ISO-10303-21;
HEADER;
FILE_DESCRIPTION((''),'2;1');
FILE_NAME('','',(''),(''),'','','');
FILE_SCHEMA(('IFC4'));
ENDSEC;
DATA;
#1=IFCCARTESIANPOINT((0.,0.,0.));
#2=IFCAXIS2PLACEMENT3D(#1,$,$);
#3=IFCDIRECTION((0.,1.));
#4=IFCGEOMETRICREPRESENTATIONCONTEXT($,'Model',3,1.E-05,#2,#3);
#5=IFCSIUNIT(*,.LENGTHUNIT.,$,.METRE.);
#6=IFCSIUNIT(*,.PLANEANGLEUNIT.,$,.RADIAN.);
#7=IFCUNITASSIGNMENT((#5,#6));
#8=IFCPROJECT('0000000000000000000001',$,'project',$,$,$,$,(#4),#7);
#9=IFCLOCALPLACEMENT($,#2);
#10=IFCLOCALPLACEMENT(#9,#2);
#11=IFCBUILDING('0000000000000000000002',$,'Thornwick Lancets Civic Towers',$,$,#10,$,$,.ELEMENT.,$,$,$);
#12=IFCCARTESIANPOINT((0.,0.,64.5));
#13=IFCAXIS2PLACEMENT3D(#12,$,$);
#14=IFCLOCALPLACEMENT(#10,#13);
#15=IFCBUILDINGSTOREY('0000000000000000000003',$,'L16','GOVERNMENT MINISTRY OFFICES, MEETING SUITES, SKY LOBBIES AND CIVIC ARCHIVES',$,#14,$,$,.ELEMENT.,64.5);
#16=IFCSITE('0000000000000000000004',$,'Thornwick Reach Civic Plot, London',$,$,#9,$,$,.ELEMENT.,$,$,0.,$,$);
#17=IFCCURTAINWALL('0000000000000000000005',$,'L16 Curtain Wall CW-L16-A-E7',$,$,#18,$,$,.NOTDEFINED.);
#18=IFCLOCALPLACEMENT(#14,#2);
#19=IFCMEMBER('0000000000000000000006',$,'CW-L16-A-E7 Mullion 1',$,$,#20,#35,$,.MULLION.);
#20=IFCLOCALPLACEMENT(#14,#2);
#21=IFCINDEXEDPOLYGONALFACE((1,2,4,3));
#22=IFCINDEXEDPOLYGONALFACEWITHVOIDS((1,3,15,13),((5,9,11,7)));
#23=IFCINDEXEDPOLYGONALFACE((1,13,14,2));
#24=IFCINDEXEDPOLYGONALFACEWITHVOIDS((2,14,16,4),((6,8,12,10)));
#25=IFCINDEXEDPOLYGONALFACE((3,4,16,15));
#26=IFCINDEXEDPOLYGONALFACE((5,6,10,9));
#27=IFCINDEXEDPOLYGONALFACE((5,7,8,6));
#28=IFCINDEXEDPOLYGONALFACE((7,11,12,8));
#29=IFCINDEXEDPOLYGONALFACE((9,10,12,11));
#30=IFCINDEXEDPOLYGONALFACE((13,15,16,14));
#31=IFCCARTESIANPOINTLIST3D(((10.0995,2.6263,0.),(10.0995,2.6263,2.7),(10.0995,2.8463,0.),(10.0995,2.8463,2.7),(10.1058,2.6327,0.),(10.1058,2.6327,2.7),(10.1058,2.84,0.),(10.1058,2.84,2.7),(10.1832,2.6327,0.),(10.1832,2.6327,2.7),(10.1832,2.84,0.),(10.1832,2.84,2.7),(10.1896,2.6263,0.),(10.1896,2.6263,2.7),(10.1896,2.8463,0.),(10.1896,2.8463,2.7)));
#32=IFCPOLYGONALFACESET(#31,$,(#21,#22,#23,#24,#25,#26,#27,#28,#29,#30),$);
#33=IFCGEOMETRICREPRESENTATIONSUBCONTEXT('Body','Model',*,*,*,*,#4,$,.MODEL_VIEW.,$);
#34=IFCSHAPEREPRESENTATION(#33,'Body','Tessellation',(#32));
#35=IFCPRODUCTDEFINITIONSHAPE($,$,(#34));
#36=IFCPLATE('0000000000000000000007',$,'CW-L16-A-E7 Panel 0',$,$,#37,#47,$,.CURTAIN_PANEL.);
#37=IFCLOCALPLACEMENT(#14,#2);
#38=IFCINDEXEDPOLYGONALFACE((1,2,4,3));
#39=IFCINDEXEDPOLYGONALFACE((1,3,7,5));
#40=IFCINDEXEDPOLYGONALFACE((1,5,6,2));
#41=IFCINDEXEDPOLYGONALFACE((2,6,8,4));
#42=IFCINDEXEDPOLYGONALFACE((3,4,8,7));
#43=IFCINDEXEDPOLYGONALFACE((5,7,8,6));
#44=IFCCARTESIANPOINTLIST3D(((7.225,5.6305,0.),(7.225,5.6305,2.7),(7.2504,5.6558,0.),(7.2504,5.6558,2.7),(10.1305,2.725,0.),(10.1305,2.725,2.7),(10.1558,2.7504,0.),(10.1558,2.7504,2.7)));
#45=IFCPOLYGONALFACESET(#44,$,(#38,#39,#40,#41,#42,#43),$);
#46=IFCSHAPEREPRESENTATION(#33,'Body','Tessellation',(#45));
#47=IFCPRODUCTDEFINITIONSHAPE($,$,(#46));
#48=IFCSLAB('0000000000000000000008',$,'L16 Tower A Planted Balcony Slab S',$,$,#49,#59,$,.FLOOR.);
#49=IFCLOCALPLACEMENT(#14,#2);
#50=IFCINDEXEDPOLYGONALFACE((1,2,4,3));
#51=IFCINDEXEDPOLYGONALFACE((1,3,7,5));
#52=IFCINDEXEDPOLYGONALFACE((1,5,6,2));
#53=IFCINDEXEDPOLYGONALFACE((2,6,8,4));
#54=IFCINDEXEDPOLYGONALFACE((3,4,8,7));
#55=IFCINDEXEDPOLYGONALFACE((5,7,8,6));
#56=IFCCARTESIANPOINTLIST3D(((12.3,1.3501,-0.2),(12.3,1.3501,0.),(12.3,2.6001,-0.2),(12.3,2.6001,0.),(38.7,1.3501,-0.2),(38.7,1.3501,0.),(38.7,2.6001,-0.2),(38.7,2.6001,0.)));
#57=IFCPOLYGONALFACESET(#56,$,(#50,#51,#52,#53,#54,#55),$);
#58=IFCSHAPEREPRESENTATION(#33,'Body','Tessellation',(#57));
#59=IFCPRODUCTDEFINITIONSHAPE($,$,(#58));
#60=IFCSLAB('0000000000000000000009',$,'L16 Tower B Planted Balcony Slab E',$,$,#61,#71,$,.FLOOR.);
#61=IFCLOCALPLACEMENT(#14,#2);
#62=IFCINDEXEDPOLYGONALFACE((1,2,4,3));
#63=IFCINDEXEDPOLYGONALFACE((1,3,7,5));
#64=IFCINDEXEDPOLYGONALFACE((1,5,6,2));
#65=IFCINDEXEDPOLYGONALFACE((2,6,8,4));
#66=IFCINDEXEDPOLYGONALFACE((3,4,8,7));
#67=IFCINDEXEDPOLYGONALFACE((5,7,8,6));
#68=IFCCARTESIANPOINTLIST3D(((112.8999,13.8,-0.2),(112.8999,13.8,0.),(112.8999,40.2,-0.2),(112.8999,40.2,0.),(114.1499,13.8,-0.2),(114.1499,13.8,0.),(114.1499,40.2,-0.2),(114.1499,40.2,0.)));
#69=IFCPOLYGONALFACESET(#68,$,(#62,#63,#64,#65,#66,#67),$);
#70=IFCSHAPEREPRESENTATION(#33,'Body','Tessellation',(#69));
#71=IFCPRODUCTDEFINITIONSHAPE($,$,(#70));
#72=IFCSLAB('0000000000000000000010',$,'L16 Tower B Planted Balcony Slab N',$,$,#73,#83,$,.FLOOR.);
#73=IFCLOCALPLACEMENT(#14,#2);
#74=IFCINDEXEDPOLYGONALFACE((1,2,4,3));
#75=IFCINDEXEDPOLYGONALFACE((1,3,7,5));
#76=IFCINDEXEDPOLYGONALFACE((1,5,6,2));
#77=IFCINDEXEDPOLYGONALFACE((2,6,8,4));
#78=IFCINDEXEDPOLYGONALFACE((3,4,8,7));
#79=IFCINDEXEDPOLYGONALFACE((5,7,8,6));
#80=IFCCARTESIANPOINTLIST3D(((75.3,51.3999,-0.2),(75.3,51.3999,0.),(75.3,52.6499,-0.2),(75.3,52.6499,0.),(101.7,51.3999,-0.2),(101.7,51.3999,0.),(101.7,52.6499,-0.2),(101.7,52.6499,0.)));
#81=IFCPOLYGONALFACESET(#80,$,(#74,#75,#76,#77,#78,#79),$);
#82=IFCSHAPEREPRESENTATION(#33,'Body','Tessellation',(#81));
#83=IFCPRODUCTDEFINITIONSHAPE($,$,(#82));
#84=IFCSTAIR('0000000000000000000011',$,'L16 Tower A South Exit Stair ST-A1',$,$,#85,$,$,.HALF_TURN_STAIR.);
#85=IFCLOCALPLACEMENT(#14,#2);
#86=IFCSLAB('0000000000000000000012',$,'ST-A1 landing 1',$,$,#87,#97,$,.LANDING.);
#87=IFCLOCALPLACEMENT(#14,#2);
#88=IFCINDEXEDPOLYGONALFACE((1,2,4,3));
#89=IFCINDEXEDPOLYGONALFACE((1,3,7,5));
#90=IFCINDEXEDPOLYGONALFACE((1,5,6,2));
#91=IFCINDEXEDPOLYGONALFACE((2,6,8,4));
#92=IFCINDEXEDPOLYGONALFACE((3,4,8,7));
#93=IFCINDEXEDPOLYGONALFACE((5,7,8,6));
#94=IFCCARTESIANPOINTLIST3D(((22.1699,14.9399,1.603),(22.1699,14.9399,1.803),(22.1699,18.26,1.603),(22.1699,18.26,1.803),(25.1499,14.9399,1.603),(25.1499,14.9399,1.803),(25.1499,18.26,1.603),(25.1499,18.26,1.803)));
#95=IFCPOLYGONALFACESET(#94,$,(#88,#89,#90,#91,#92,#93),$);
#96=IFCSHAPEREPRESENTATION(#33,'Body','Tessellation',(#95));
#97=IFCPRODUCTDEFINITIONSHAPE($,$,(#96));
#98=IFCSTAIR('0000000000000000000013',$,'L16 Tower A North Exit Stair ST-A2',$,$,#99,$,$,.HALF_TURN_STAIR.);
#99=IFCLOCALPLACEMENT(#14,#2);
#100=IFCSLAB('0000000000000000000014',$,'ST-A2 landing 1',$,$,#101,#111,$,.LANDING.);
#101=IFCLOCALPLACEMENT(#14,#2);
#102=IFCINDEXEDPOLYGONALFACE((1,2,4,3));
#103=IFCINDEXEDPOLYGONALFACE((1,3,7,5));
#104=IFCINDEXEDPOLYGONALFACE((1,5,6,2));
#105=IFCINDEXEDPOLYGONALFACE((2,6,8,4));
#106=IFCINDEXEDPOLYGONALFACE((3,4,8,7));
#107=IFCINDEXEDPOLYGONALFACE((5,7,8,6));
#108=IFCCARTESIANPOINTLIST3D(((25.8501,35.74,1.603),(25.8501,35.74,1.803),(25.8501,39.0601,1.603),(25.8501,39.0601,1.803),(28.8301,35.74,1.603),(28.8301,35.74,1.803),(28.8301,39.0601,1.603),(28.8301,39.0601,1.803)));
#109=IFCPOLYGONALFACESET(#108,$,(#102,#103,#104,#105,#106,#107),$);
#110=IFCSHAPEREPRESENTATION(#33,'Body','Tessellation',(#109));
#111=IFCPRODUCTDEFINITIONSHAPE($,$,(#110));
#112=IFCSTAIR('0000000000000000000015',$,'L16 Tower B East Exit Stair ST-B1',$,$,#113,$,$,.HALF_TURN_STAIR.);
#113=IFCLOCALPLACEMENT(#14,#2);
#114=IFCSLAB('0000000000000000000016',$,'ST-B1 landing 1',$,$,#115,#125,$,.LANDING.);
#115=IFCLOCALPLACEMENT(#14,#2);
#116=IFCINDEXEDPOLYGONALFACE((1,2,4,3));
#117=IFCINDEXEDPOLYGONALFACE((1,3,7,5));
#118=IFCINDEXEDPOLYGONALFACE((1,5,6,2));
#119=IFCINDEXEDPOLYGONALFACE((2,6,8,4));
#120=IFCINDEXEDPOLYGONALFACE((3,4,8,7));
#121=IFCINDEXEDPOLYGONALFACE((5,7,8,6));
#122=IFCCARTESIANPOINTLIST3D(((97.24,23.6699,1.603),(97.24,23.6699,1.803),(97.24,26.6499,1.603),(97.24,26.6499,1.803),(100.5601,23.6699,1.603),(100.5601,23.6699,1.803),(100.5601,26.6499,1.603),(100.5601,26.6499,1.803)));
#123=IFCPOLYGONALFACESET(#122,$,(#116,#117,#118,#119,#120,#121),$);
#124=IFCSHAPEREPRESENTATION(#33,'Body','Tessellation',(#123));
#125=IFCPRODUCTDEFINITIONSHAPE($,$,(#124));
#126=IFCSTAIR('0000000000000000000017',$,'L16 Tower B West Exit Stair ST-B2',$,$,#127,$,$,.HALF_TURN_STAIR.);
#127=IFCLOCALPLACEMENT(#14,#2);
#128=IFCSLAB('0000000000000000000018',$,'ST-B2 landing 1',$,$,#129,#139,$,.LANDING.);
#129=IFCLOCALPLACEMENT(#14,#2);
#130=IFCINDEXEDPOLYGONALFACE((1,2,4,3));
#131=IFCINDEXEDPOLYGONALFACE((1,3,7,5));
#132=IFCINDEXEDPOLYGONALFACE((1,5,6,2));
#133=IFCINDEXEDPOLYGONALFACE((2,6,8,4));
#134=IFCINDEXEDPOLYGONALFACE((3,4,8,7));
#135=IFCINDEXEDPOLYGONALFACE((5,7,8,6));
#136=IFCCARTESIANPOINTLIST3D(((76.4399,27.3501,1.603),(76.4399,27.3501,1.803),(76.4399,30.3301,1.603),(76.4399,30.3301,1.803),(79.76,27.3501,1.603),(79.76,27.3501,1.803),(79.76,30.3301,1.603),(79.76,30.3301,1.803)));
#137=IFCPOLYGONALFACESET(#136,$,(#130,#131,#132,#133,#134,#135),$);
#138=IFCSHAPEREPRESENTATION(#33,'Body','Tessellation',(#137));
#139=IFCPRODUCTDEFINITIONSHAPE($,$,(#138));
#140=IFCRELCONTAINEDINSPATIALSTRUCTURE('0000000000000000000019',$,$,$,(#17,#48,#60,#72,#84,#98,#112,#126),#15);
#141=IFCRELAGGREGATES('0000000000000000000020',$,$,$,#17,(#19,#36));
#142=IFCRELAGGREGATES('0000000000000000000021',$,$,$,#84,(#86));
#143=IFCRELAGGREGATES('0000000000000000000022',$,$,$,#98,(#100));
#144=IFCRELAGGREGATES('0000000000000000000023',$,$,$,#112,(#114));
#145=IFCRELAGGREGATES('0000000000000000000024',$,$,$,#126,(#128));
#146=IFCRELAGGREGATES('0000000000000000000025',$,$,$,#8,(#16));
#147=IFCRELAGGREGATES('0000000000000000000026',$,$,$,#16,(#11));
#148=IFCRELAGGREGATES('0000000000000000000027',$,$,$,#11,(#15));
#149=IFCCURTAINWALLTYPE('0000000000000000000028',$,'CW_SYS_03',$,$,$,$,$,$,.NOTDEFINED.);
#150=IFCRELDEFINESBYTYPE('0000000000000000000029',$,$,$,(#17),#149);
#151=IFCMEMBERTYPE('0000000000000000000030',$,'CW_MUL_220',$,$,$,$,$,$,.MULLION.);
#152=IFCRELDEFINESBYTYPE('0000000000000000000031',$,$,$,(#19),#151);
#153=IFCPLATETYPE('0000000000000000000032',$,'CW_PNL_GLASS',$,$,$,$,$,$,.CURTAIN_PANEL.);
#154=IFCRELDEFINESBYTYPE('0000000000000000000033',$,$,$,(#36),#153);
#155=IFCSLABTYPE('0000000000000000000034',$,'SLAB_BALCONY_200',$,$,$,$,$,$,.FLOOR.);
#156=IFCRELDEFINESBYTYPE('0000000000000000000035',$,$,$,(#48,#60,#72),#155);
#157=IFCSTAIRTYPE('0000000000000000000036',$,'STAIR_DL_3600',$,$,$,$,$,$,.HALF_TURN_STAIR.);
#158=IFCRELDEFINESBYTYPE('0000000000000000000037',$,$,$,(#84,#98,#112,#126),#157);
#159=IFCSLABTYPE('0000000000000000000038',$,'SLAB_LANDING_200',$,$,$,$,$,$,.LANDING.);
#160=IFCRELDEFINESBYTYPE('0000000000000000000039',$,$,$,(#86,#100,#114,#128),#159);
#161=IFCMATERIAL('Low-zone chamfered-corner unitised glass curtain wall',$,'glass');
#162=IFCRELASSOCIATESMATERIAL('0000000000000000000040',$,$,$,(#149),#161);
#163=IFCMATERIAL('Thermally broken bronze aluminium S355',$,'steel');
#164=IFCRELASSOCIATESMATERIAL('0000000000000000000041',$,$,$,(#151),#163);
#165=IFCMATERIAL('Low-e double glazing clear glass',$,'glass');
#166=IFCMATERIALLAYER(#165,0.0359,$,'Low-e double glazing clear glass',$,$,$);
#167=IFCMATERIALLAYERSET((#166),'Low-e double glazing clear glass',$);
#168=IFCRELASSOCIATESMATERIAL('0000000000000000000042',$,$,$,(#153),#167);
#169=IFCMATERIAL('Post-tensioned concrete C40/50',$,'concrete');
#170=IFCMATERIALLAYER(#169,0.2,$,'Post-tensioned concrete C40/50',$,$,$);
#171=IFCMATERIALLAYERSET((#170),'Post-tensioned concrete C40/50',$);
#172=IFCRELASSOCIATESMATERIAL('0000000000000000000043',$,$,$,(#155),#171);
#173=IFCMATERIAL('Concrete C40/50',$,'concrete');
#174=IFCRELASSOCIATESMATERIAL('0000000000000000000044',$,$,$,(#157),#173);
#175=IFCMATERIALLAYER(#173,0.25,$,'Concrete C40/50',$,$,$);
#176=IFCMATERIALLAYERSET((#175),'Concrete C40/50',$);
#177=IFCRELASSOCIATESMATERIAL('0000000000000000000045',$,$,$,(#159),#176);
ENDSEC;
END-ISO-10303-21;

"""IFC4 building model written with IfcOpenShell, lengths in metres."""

from ifc_helpers import new_model, si_unit, direction, frame, origin, origin_2d, place, context, subcontext, project, spatial, polyline, rectangle, hollow_rectangle, outline, extrude, material, layer, layer_set, material_profile, profile_set, type_object, element, aggregate, save


model = new_model("IFC4")

# Units and contexts
model_context = context("Model", 3, precision=1e-05, world=origin(), true_north=direction((0.0, 1.0)))
body_context = subcontext(model_context, "Body", "Model", "MODEL_VIEW")
ifc_project = project(units=[si_unit("LENGTHUNIT", "METRE"), si_unit("PLANEANGLEUNIT", "RADIAN")], contexts=[model_context])

# Site, building, storey
site_placement = place(None, origin())
site = spatial("IfcSite", under=ifc_project, at=site_placement, Name="Thornwick Reach Civic Plot, London", CompositionType="ELEMENT", RefElevation=0.0)
building_placement = place(site_placement, origin())
building = spatial("IfcBuilding", under=site, at=building_placement, Name="Thornwick Lancets Civic Towers", CompositionType="ELEMENT")
storey_placement = place(building_placement, frame((0.0, 0.0, 64.5)))
storey = spatial("IfcBuildingStorey", under=building, at=storey_placement, Name="L16", Description="GOVERNMENT MINISTRY OFFICES, MEETING SUITES, SKY LOBBIES AND CIVIC ARCHIVES", CompositionType="ELEMENT", Elevation=64.5)

# Curtain wall, member, plate
ifc_material_1 = material(Name="Low-zone chamfered-corner unitised glass curtain wall", Category="glass")
curtain_wall_type = type_object("IfcCurtainWallType", Name="CW_SYS_03", PredefinedType="NOTDEFINED", material=ifc_material_1)
curtain_wall_placement = place(storey_placement, origin())
curtain_wall = element("IfcCurtainWall", 1, at=curtain_wall_placement, inside=storey, type_object=curtain_wall_type, Name="L16 Curtain Wall CW-L16-A-E7", PredefinedType="NOTDEFINED")
ifc_material_2 = material(Name="Thermally broken bronze aluminium S355", Category="steel")
ifc_material_profile = material_profile(ifc_material_2, hollow_rectangle(XDim=0.0901, YDim=0.22, WallThickness=0.0063, at=origin_2d()), Name="RHS 220x90x6.3")
ifc_profile_set = profile_set([ifc_material_profile], Name="Thermally broken bronze aluminium S355")
member_type = type_object("IfcMemberType", Name="CW_MUL_220", PredefinedType="MULLION", material=ifc_profile_set)
member_placement = place(storey_placement, frame((10.1445, 2.7363, 0.0), z_axis=(0.0, 0.0, 1.0), x_axis=(1.0, 0.0, 0.0)))
member = element("IfcMember", 2, at=member_placement, type_object=member_type, Name="CW-L16-A-E7 Mullion 1", PredefinedType="MULLION", context=body_context, shape_type="SweptSolid", body=[
    extrude(hollow_rectangle(XDim=0.0901, YDim=0.22, WallThickness=0.0063, at=origin_2d()), origin(), (0.0, 0.0, 1.0), 2.7),
])
ifc_material_3 = material(Name="Low-e double glazing clear glass", Category="glass")
ifc_layer_1 = layer(ifc_material_3, 0.0359, Name="Low-e double glazing clear glass")
ifc_layer_set_1 = layer_set([ifc_layer_1], Name="Low-e double glazing clear glass")
plate_type = type_object("IfcPlateType", Name="CW_PNL_GLASS", PredefinedType="CURTAIN_PANEL", material=ifc_layer_set_1)
plate_placement = place(storey_placement, frame((8.6904, 4.1904, 0.0), z_axis=(0.0, 0.0, 1.0), x_axis=(0.707107, -0.707107, 0.0)))
plate = element("IfcPlate", 3, at=plate_placement, type_object=plate_type, Name="CW-L16-A-E7 Panel 0", PredefinedType="CURTAIN_PANEL", context=body_context, shape_type="SweptSolid", body=[
    extrude(rectangle(XDim=4.1089, YDim=0.0359, at=origin_2d()), origin(), (0.0, 0.0, 1.0), 2.7),
])
aggregate(curtain_wall, [member, plate])

# Slabs
ifc_material_4 = material(Name="Post-tensioned concrete C40/50", Category="concrete")
ifc_layer_2 = layer(ifc_material_4, 0.2, Name="Post-tensioned concrete C40/50")
ifc_layer_set_2 = layer_set([ifc_layer_2], Name="Post-tensioned concrete C40/50")
slab_type_1 = type_object("IfcSlabType", Name="SLAB_BALCONY_200", PredefinedType="FLOOR", material=ifc_layer_set_2)
slab_1_placement = place(storey_placement, frame((0.0, 0.0, -0.2)))
element("IfcSlab", 4, at=slab_1_placement, inside=storey, type_object=slab_type_1, Name="L16 Tower A Planted Balcony Slab S", PredefinedType="FLOOR", context=body_context, shape_type="SweptSolid", body=[
    extrude(outline(polyline([(12.3, 1.3501), (38.7, 1.3501), (38.7, 2.6001), (12.3, 2.6001), (12.3, 1.3501)])), origin(), (0.0, 0.0, 1.0), 0.2),
])
slab_2_placement = place(storey_placement, frame((0.0, 0.0, -0.2)))
element("IfcSlab", 5, at=slab_2_placement, inside=storey, type_object=slab_type_1, Name="L16 Tower B Planted Balcony Slab E", PredefinedType="FLOOR", context=body_context, shape_type="SweptSolid", body=[
    extrude(outline(polyline([(112.8999, 13.8), (114.1499, 13.8), (114.1499, 40.2), (112.8999, 40.2), (112.8999, 13.8)])), origin(), (0.0, 0.0, 1.0), 0.2),
])
slab_3_placement = place(storey_placement, frame((0.0, 0.0, -0.2)))
element("IfcSlab", 6, at=slab_3_placement, inside=storey, type_object=slab_type_1, Name="L16 Tower B Planted Balcony Slab N", PredefinedType="FLOOR", context=body_context, shape_type="SweptSolid", body=[
    extrude(outline(polyline([(75.3, 51.3999), (101.7, 51.3999), (101.7, 52.6499), (75.3, 52.6499), (75.3, 51.3999)])), origin(), (0.0, 0.0, 1.0), 0.2),
])

# Stairs, slabs
ifc_material_5 = material(Name="Concrete C40/50", Category="concrete")
stair_type = type_object("IfcStairType", Name="STAIR_DL_3600", PredefinedType="HALF_TURN_STAIR", material=ifc_material_5)
stair_1_placement = place(storey_placement, origin())
stair_1 = element("IfcStair", 7, at=stair_1_placement, inside=storey, type_object=stair_type, Name="L16 Tower A South Exit Stair ST-A1", PredefinedType="HALF_TURN_STAIR")
ifc_layer_3 = layer(ifc_material_5, 0.25, Name="Concrete C40/50")
ifc_layer_set_3 = layer_set([ifc_layer_3], Name="Concrete C40/50")
slab_type_2 = type_object("IfcSlabType", Name="SLAB_LANDING_200", PredefinedType="LANDING", material=ifc_layer_set_3)
slab_4_placement = place(storey_placement, frame((0.0, 0.0, 1.603)))
slab_4 = element("IfcSlab", 8, at=slab_4_placement, type_object=slab_type_2, Name="ST-A1 landing 1", PredefinedType="LANDING", context=body_context, shape_type="SweptSolid", body=[
    extrude(outline(polyline([(22.1699, 14.9399), (25.1499, 14.9399), (25.1499, 18.26), (22.1699, 18.26), (22.1699, 14.9399)])), origin(), (0.0, 0.0, 1.0), 0.2),
])
aggregate(stair_1, [slab_4])
stair_2_placement = place(storey_placement, origin())
stair_2 = element("IfcStair", 9, at=stair_2_placement, inside=storey, type_object=stair_type, Name="L16 Tower A North Exit Stair ST-A2", PredefinedType="HALF_TURN_STAIR")
slab_5_placement = place(storey_placement, frame((0.0, 0.0, 1.603)))
slab_5 = element("IfcSlab", 10, at=slab_5_placement, type_object=slab_type_2, Name="ST-A2 landing 1", PredefinedType="LANDING", context=body_context, shape_type="SweptSolid", body=[
    extrude(outline(polyline([(28.8301, 39.0601), (25.8501, 39.0601), (25.8501, 35.74), (28.8301, 35.74), (28.8301, 39.0601)])), origin(), (0.0, 0.0, 1.0), 0.2),
])
aggregate(stair_2, [slab_5])
stair_3_placement = place(storey_placement, origin())
stair_3 = element("IfcStair", 11, at=stair_3_placement, inside=storey, type_object=stair_type, Name="L16 Tower B East Exit Stair ST-B1", PredefinedType="HALF_TURN_STAIR")
slab_6_placement = place(storey_placement, frame((0.0, 0.0, 1.603)))
slab_6 = element("IfcSlab", 12, at=slab_6_placement, type_object=slab_type_2, Name="ST-B1 landing 1", PredefinedType="LANDING", context=body_context, shape_type="SweptSolid", body=[
    extrude(outline(polyline([(100.5601, 23.6699), (100.5601, 26.6499), (97.24, 26.6499), (97.24, 23.6699), (100.5601, 23.6699)])), origin(), (0.0, 0.0, 1.0), 0.2),
])
aggregate(stair_3, [slab_6])
stair_4_placement = place(storey_placement, origin())
stair_4 = element("IfcStair", 13, at=stair_4_placement, inside=storey, type_object=stair_type, Name="L16 Tower B West Exit Stair ST-B2", PredefinedType="HALF_TURN_STAIR")
slab_7_placement = place(storey_placement, frame((0.0, 0.0, 1.603)))
slab_7 = element("IfcSlab", 14, at=slab_7_placement, type_object=slab_type_2, Name="ST-B2 landing 1", PredefinedType="LANDING", context=body_context, shape_type="SweptSolid", body=[
    extrude(outline(polyline([(76.4399, 30.3301), (76.4399, 27.3501), (79.76, 27.3501), (79.76, 30.3301), (76.4399, 30.3301)])), origin(), (0.0, 0.0, 1.0), 0.2),
])
aggregate(stair_4, [slab_7])

save(model, "model.ifc")
